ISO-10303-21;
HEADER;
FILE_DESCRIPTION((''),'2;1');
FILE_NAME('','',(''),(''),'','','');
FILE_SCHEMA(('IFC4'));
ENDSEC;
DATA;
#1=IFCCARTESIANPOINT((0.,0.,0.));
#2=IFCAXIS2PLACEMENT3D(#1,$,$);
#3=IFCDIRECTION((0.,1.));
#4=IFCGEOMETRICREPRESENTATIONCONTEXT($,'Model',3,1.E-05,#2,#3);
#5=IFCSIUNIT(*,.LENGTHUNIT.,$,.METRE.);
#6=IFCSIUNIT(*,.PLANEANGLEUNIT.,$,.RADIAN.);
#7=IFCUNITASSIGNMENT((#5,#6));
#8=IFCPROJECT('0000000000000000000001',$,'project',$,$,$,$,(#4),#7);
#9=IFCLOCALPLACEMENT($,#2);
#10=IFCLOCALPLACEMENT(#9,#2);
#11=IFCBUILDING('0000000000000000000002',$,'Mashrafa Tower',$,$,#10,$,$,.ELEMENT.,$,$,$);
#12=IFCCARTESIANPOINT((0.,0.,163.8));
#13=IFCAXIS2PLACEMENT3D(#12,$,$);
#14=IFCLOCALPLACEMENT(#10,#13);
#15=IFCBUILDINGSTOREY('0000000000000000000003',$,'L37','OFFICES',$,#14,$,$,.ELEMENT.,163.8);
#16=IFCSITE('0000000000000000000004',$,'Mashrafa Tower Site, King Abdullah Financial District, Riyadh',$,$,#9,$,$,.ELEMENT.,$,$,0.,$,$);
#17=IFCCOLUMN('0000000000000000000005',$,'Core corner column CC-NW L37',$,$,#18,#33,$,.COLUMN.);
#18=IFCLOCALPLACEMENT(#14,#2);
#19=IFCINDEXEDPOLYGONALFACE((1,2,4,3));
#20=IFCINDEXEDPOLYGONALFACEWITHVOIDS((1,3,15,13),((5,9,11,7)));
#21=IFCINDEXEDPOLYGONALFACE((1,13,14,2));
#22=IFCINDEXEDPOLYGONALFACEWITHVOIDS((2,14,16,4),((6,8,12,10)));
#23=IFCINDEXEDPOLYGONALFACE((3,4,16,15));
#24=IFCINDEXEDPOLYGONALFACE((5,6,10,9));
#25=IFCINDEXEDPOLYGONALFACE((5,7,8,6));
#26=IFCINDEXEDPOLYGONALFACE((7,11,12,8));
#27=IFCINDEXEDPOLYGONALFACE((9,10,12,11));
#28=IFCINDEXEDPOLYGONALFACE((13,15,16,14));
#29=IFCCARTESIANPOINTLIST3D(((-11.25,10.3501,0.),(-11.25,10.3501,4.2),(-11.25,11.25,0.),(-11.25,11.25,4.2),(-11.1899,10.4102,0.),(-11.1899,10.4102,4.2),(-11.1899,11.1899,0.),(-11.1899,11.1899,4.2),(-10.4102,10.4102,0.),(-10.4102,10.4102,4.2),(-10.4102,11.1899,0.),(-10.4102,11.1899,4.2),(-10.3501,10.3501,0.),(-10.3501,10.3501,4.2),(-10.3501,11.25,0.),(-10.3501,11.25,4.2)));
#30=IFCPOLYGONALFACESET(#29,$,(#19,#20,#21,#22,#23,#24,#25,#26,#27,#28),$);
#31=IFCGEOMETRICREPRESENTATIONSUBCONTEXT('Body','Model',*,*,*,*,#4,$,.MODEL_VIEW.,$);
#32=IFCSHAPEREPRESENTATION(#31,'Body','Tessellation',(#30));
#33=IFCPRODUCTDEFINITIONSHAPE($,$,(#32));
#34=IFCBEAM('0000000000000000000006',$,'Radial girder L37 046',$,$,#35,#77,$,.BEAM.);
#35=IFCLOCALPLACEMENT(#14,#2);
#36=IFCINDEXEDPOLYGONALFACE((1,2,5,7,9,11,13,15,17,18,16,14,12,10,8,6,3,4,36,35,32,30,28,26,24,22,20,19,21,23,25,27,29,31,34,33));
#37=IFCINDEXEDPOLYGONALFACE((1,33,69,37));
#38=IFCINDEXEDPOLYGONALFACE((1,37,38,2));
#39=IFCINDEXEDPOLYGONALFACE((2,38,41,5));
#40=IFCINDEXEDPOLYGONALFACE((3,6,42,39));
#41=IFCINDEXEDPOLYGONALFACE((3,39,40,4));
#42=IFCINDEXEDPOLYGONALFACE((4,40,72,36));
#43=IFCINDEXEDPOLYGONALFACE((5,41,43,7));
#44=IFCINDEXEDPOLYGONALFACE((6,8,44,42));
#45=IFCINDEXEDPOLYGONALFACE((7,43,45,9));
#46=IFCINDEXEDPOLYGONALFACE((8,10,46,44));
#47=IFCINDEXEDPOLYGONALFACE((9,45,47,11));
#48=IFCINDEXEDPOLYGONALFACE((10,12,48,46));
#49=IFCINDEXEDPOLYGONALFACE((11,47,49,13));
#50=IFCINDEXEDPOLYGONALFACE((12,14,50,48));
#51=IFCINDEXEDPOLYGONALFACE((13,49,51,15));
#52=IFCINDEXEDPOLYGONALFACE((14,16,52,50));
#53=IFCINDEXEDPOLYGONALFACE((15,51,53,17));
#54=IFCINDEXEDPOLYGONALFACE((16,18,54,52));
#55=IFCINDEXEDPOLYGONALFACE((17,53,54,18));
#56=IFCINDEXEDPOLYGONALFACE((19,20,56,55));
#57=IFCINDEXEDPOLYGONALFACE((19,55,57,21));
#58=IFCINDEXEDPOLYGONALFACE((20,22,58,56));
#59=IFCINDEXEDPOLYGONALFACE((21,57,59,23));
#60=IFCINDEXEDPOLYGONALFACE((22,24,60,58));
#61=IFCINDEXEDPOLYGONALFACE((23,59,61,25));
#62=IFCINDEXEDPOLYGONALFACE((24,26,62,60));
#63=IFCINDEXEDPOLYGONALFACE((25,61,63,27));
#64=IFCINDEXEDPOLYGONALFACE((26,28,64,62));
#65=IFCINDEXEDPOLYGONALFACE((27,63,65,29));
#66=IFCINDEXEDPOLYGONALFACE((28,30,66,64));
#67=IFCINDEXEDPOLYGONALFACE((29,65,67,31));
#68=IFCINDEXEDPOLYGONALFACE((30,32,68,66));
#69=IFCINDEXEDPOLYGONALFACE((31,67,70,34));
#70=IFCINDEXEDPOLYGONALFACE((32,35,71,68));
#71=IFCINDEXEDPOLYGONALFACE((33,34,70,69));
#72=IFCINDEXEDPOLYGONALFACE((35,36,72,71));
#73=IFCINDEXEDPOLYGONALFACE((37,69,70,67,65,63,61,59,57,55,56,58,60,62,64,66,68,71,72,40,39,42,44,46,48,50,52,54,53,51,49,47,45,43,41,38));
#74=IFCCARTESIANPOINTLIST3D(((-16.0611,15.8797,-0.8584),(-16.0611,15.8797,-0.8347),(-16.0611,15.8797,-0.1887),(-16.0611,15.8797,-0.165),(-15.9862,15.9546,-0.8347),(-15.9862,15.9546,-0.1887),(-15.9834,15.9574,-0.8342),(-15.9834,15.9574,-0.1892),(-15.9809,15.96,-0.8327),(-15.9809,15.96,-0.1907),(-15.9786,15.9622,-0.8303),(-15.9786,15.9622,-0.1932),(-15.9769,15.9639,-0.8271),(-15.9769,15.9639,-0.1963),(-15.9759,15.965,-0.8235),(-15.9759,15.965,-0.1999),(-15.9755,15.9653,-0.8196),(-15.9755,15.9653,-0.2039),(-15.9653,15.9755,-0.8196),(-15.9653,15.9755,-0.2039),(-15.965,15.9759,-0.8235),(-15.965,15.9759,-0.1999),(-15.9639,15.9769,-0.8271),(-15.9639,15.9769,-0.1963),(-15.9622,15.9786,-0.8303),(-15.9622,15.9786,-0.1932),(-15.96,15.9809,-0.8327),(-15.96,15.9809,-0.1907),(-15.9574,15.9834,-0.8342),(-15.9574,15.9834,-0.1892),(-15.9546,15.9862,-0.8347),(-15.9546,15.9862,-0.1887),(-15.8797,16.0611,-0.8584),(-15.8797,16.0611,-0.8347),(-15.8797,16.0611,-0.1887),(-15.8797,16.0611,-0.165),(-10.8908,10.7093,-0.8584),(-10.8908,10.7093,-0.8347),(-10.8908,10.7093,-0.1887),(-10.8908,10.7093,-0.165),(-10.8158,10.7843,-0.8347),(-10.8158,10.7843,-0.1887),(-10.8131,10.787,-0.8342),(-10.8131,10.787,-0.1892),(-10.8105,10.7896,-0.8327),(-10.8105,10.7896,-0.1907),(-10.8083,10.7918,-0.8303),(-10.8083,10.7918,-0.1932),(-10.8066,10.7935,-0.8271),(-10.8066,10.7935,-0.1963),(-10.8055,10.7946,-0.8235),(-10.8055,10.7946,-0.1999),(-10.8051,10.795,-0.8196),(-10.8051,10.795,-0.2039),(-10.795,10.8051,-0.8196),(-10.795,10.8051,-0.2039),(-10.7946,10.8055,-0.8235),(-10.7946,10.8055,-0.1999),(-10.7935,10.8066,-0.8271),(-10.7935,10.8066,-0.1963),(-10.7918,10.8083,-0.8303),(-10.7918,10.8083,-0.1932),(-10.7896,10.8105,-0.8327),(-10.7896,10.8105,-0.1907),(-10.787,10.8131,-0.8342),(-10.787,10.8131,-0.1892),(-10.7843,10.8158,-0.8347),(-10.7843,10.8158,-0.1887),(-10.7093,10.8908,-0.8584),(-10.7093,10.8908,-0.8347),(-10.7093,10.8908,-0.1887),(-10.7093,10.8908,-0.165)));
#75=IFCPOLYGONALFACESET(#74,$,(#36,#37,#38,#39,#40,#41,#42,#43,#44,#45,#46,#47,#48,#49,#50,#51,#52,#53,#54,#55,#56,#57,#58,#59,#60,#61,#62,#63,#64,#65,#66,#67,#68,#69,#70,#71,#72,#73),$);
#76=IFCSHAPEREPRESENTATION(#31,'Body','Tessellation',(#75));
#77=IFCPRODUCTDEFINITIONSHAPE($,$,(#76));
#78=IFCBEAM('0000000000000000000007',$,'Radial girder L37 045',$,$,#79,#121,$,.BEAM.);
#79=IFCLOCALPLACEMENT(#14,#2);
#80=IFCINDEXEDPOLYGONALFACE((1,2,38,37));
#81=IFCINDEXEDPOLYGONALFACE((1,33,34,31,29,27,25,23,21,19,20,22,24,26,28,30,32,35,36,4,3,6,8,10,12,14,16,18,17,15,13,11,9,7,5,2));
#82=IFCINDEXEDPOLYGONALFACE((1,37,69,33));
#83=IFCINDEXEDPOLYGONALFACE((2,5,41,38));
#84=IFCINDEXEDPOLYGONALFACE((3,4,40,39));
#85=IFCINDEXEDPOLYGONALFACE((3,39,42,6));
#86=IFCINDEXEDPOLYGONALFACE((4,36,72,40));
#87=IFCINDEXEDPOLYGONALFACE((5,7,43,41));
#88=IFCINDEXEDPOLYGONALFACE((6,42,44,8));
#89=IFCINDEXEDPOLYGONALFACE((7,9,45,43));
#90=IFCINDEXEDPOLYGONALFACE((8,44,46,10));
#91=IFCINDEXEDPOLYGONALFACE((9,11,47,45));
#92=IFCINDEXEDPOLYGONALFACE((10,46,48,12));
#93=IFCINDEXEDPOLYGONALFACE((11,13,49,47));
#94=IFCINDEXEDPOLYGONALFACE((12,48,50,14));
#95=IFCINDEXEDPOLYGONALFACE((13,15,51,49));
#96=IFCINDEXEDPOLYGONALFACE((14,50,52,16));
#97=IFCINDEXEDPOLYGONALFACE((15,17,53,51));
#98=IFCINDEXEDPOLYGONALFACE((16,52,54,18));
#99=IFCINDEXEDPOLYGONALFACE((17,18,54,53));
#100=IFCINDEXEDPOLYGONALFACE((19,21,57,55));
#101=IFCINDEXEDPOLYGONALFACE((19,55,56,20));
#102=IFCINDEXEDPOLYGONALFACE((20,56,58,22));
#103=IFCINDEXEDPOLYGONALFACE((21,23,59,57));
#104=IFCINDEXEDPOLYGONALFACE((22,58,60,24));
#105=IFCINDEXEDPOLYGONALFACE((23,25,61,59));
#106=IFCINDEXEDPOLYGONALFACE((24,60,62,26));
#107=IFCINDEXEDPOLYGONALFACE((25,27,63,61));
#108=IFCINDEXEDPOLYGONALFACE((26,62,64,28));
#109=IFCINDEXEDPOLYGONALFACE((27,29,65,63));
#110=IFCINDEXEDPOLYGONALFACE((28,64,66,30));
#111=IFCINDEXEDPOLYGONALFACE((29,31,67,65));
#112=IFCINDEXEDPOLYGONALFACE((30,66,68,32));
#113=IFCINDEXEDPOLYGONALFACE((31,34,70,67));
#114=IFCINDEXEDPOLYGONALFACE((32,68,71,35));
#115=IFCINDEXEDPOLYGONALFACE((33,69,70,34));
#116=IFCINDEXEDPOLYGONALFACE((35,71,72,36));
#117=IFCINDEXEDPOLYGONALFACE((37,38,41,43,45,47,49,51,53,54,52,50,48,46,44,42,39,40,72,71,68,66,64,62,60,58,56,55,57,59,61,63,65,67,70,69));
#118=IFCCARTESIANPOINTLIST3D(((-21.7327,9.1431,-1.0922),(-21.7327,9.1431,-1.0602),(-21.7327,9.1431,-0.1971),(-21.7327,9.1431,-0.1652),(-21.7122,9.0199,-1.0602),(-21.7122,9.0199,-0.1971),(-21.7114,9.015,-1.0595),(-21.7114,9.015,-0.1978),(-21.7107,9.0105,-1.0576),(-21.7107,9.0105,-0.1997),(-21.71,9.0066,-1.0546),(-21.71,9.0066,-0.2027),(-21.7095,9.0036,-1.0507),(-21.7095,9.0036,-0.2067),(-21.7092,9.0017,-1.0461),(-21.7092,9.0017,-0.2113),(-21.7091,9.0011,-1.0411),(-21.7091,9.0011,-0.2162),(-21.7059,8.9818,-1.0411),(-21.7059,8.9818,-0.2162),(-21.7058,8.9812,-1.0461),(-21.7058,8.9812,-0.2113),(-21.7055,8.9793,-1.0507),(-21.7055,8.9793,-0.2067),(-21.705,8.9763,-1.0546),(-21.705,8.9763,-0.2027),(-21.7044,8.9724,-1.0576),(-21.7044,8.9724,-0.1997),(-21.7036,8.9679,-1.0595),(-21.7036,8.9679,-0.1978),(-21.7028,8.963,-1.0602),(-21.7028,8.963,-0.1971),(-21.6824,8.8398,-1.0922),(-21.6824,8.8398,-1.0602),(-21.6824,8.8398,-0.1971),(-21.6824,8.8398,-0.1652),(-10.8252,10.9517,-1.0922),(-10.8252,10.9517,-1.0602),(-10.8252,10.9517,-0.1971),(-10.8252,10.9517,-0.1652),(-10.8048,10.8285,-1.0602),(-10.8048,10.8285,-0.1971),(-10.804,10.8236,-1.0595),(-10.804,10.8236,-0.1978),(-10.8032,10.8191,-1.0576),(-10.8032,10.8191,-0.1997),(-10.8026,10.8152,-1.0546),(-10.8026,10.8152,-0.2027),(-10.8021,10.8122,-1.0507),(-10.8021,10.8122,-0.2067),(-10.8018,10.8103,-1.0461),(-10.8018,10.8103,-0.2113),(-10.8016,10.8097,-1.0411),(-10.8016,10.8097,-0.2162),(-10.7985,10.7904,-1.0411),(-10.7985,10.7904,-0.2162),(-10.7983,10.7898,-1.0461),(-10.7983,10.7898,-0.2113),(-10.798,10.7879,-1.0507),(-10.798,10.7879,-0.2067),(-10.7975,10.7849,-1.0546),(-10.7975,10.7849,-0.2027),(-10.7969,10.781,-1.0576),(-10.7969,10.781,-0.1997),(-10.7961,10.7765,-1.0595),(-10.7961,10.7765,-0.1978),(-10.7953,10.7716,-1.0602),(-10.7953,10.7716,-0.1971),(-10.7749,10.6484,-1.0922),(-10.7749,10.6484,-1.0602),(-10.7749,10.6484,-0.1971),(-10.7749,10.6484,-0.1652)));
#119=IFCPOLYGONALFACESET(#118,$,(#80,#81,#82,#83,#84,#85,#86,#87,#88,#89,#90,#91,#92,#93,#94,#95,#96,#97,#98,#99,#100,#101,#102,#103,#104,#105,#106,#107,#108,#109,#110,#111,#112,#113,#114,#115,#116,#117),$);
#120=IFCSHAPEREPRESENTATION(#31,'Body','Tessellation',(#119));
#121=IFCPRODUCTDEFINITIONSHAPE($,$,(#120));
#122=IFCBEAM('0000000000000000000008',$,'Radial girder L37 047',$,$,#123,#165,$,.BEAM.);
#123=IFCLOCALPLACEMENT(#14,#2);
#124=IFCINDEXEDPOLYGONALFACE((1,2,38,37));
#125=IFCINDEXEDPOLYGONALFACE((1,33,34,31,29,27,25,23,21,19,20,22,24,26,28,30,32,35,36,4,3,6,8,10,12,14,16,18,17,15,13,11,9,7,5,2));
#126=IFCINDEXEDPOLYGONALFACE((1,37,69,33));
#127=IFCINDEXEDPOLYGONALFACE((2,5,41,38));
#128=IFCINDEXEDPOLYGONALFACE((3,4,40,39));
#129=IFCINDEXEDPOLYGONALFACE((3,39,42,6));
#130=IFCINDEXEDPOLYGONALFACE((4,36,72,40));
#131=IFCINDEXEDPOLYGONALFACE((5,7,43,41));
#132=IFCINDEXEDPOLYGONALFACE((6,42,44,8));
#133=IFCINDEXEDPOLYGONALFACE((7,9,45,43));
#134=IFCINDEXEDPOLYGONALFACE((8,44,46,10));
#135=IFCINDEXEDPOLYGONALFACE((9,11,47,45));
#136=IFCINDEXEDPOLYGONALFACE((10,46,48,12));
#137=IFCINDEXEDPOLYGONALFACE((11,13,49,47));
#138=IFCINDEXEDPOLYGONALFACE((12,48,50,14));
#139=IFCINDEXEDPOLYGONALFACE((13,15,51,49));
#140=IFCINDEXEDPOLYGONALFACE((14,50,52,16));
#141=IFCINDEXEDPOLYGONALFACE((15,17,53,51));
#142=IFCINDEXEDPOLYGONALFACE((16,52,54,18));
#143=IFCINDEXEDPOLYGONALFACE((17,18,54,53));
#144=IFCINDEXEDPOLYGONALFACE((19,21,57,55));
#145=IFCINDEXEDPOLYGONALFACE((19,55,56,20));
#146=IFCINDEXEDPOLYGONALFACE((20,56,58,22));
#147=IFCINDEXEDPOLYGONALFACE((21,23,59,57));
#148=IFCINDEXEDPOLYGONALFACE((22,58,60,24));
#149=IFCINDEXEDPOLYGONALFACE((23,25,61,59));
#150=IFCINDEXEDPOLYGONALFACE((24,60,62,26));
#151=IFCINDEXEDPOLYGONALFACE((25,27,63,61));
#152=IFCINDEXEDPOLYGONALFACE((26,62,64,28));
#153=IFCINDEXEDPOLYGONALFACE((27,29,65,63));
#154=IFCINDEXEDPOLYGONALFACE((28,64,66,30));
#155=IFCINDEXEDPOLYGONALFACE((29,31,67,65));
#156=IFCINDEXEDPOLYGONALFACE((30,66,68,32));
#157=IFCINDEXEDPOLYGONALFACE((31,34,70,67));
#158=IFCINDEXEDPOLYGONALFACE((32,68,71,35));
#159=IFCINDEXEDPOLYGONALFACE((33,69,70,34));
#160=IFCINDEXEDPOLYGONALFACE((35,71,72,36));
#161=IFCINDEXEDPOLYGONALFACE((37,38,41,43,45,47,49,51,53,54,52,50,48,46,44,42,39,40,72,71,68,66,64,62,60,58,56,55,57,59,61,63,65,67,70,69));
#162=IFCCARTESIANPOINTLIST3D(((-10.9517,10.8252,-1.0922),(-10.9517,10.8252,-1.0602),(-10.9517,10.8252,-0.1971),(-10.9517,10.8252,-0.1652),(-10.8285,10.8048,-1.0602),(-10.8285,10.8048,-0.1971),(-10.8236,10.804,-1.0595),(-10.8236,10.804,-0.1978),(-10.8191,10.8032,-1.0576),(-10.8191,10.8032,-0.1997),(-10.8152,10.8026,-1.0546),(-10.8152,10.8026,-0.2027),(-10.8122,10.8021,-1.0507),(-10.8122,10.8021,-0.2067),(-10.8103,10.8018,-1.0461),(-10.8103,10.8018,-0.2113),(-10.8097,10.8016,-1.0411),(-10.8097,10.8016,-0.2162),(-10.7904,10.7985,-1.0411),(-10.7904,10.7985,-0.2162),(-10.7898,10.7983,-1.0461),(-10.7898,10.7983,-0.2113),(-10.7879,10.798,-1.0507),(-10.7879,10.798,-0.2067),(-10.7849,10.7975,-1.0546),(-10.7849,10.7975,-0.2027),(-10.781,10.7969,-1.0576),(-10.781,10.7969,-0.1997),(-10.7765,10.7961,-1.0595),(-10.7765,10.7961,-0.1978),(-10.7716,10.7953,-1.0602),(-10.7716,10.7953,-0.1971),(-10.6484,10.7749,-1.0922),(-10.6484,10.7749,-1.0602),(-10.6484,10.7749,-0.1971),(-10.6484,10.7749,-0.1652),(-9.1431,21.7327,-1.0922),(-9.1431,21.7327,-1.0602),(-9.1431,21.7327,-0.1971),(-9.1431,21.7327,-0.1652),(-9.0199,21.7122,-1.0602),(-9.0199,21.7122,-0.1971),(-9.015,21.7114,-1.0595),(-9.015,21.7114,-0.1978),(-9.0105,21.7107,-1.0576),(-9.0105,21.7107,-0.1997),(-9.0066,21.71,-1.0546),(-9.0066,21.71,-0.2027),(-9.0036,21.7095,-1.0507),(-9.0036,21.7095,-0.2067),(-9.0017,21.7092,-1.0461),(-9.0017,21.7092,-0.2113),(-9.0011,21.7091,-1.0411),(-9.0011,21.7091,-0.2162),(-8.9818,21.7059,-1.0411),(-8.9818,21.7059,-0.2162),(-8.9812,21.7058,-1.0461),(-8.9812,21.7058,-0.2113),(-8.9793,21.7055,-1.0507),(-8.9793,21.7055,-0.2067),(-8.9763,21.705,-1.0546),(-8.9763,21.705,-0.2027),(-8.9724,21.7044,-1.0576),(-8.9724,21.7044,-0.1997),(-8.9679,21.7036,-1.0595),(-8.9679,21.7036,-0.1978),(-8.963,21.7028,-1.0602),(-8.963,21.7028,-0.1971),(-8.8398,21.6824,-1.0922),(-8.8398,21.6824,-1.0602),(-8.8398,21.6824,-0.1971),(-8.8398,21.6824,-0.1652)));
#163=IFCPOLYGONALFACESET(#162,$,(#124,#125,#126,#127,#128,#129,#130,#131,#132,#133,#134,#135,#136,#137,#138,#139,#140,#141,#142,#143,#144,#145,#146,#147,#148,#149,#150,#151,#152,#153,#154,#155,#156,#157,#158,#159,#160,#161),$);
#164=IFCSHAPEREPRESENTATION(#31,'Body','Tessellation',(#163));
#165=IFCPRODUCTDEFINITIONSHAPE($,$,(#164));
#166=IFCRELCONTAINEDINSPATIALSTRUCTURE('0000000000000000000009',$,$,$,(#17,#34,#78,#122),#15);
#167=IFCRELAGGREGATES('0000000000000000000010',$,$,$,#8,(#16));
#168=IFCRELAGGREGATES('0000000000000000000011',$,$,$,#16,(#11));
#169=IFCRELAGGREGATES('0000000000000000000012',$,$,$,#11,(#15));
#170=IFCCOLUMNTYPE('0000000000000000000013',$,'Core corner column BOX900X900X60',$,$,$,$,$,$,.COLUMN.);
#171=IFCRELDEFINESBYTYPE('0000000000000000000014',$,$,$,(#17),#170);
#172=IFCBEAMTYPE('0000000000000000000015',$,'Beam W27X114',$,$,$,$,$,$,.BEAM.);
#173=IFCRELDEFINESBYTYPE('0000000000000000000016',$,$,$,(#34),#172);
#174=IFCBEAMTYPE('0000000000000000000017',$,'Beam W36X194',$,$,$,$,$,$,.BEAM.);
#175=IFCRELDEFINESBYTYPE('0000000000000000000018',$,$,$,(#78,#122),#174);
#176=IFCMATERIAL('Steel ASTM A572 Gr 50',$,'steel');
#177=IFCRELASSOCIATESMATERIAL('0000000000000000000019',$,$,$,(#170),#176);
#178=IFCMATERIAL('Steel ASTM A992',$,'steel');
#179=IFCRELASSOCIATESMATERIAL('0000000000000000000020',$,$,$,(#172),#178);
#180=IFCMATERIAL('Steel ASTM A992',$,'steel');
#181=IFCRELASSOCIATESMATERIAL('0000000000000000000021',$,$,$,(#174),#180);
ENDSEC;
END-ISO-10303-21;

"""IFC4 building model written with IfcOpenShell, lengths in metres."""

from ifc_helpers import new_model, si_unit, direction, frame, origin, origin_2d, place, context, subcontext, project, spatial, hollow_rectangle, i_section, extrude, material, material_profile, profile_set, type_object, element, save


model = new_model("IFC4")

# Units and contexts
model_context = context("Model", 3, precision=1e-05, world=origin(), true_north=direction((0.0, 1.0)))
body_context = subcontext(model_context, "Body", "Model", "MODEL_VIEW")
ifc_project = project(units=[si_unit("LENGTHUNIT", "METRE"), si_unit("PLANEANGLEUNIT", "RADIAN")], contexts=[model_context])

# Site, building, storey
site_placement = place(None, origin())
site = spatial("IfcSite", under=ifc_project, at=site_placement, Name="Mashrafa Tower Site, King Abdullah Financial District, Riyadh", CompositionType="ELEMENT", RefElevation=0.0)
building_placement = place(site_placement, origin())
building = spatial("IfcBuilding", under=site, at=building_placement, Name="Mashrafa Tower", CompositionType="ELEMENT")
storey_placement = place(building_placement, frame((0.0, 0.0, 163.8)))
storey = spatial("IfcBuildingStorey", under=building, at=storey_placement, Name="L37", Description="OFFICES", CompositionType="ELEMENT", Elevation=163.8)

# Column
ifc_material_1 = material(Name="Steel ASTM A572 Gr 50", Category="steel")
ifc_material_profile_1 = material_profile(ifc_material_1, hollow_rectangle(XDim=0.8999, YDim=0.8999, WallThickness=0.0601, at=origin_2d()), Name="BOX900X900X60")
ifc_profile_set_1 = profile_set([ifc_material_profile_1], Name="Steel ASTM A572 Gr 50")
column_type = type_object("IfcColumnType", Name="Core corner column BOX900X900X60", PredefinedType="COLUMN", material=ifc_profile_set_1)
column_placement = place(storey_placement, frame((-10.8, 10.8, 0.0), z_axis=(0.0, 0.0, 1.0), x_axis=(1.0, 0.0, 0.0)))
element("IfcColumn", 1, at=column_placement, inside=storey, type_object=column_type, Name="Core corner column CC-NW L37", PredefinedType="COLUMN", context=body_context, shape_type="SweptSolid", body=[
    extrude(hollow_rectangle(XDim=0.8999, YDim=0.8999, WallThickness=0.0601, at=origin_2d()), origin(), (0.0, 0.0, 1.0), 4.2),
])

# Beams
ifc_material_2 = material(Name="Steel ASTM A992", Category="steel")
ifc_material_profile_2 = material_profile(ifc_material_2, i_section(OverallWidth=0.2566, OverallDepth=0.6934, WebThickness=0.0144, FlangeThickness=0.0237, FilletRadius=0.0151, at=origin_2d()), Name="W27X114")
ifc_profile_set_2 = profile_set([ifc_material_profile_2], Name="Steel ASTM A992")
beam_type_1 = type_object("IfcBeamType", Name="Beam W27X114", PredefinedType="BEAM", material=ifc_profile_set_2)
beam_1_placement = place(storey_placement, frame((-10.8, 10.8, -0.5117), z_axis=(-0.707107, 0.707107, 0.0), x_axis=(-0.707107, -0.707107, 0.0)))
element("IfcBeam", 2, at=beam_1_placement, inside=storey, type_object=beam_type_1, Name="Radial girder L37 046", PredefinedType="BEAM", context=body_context, shape_type="SweptSolid", body=[
    extrude(i_section(OverallWidth=0.2566, OverallDepth=0.6934, WebThickness=0.0144, FlangeThickness=0.0237, FilletRadius=0.0151, at=origin_2d()), origin(), (0.0, 0.0, 1.0), 7.312),
])
ifc_material_3 = material(Name="Steel ASTM A992", Category="steel")
ifc_material_profile_3 = material_profile(ifc_material_3, i_section(OverallWidth=0.3074, OverallDepth=0.927, WebThickness=0.0195, FlangeThickness=0.032, FilletRadius=0.019, at=origin_2d()), Name="W36X194")
ifc_profile_set_3 = profile_set([ifc_material_profile_3], Name="Steel ASTM A992")
beam_type_2 = type_object("IfcBeamType", Name="Beam W36X194", PredefinedType="BEAM", material=ifc_profile_set_3)
for number, where, z_axis, x_axis, name in (
    (3, (-10.8, 10.8, -0.6287), (-0.98653, -0.163579, 0.0), (0.163579, -0.98653, 0.0), "Radial girder L37 045"),
    (4, (-10.8, 10.8, -0.6287), (0.163579, 0.98653, 0.0), (-0.98653, 0.163579, 0.0), "Radial girder L37 047"),
):
    element("IfcBeam", number, at=place(storey_placement, frame(where, z_axis=z_axis, x_axis=x_axis)), inside=storey, type_object=beam_type_2, Name=name, PredefinedType="BEAM", context=body_context, shape_type="SweptSolid", body=[
        extrude(i_section(OverallWidth=0.3074, OverallDepth=0.927, WebThickness=0.0195, FlangeThickness=0.032, FilletRadius=0.019, at=origin_2d()), origin(), (0.0, 0.0, 1.0), 11.0564),
    ])

save(model, "model.ifc")
